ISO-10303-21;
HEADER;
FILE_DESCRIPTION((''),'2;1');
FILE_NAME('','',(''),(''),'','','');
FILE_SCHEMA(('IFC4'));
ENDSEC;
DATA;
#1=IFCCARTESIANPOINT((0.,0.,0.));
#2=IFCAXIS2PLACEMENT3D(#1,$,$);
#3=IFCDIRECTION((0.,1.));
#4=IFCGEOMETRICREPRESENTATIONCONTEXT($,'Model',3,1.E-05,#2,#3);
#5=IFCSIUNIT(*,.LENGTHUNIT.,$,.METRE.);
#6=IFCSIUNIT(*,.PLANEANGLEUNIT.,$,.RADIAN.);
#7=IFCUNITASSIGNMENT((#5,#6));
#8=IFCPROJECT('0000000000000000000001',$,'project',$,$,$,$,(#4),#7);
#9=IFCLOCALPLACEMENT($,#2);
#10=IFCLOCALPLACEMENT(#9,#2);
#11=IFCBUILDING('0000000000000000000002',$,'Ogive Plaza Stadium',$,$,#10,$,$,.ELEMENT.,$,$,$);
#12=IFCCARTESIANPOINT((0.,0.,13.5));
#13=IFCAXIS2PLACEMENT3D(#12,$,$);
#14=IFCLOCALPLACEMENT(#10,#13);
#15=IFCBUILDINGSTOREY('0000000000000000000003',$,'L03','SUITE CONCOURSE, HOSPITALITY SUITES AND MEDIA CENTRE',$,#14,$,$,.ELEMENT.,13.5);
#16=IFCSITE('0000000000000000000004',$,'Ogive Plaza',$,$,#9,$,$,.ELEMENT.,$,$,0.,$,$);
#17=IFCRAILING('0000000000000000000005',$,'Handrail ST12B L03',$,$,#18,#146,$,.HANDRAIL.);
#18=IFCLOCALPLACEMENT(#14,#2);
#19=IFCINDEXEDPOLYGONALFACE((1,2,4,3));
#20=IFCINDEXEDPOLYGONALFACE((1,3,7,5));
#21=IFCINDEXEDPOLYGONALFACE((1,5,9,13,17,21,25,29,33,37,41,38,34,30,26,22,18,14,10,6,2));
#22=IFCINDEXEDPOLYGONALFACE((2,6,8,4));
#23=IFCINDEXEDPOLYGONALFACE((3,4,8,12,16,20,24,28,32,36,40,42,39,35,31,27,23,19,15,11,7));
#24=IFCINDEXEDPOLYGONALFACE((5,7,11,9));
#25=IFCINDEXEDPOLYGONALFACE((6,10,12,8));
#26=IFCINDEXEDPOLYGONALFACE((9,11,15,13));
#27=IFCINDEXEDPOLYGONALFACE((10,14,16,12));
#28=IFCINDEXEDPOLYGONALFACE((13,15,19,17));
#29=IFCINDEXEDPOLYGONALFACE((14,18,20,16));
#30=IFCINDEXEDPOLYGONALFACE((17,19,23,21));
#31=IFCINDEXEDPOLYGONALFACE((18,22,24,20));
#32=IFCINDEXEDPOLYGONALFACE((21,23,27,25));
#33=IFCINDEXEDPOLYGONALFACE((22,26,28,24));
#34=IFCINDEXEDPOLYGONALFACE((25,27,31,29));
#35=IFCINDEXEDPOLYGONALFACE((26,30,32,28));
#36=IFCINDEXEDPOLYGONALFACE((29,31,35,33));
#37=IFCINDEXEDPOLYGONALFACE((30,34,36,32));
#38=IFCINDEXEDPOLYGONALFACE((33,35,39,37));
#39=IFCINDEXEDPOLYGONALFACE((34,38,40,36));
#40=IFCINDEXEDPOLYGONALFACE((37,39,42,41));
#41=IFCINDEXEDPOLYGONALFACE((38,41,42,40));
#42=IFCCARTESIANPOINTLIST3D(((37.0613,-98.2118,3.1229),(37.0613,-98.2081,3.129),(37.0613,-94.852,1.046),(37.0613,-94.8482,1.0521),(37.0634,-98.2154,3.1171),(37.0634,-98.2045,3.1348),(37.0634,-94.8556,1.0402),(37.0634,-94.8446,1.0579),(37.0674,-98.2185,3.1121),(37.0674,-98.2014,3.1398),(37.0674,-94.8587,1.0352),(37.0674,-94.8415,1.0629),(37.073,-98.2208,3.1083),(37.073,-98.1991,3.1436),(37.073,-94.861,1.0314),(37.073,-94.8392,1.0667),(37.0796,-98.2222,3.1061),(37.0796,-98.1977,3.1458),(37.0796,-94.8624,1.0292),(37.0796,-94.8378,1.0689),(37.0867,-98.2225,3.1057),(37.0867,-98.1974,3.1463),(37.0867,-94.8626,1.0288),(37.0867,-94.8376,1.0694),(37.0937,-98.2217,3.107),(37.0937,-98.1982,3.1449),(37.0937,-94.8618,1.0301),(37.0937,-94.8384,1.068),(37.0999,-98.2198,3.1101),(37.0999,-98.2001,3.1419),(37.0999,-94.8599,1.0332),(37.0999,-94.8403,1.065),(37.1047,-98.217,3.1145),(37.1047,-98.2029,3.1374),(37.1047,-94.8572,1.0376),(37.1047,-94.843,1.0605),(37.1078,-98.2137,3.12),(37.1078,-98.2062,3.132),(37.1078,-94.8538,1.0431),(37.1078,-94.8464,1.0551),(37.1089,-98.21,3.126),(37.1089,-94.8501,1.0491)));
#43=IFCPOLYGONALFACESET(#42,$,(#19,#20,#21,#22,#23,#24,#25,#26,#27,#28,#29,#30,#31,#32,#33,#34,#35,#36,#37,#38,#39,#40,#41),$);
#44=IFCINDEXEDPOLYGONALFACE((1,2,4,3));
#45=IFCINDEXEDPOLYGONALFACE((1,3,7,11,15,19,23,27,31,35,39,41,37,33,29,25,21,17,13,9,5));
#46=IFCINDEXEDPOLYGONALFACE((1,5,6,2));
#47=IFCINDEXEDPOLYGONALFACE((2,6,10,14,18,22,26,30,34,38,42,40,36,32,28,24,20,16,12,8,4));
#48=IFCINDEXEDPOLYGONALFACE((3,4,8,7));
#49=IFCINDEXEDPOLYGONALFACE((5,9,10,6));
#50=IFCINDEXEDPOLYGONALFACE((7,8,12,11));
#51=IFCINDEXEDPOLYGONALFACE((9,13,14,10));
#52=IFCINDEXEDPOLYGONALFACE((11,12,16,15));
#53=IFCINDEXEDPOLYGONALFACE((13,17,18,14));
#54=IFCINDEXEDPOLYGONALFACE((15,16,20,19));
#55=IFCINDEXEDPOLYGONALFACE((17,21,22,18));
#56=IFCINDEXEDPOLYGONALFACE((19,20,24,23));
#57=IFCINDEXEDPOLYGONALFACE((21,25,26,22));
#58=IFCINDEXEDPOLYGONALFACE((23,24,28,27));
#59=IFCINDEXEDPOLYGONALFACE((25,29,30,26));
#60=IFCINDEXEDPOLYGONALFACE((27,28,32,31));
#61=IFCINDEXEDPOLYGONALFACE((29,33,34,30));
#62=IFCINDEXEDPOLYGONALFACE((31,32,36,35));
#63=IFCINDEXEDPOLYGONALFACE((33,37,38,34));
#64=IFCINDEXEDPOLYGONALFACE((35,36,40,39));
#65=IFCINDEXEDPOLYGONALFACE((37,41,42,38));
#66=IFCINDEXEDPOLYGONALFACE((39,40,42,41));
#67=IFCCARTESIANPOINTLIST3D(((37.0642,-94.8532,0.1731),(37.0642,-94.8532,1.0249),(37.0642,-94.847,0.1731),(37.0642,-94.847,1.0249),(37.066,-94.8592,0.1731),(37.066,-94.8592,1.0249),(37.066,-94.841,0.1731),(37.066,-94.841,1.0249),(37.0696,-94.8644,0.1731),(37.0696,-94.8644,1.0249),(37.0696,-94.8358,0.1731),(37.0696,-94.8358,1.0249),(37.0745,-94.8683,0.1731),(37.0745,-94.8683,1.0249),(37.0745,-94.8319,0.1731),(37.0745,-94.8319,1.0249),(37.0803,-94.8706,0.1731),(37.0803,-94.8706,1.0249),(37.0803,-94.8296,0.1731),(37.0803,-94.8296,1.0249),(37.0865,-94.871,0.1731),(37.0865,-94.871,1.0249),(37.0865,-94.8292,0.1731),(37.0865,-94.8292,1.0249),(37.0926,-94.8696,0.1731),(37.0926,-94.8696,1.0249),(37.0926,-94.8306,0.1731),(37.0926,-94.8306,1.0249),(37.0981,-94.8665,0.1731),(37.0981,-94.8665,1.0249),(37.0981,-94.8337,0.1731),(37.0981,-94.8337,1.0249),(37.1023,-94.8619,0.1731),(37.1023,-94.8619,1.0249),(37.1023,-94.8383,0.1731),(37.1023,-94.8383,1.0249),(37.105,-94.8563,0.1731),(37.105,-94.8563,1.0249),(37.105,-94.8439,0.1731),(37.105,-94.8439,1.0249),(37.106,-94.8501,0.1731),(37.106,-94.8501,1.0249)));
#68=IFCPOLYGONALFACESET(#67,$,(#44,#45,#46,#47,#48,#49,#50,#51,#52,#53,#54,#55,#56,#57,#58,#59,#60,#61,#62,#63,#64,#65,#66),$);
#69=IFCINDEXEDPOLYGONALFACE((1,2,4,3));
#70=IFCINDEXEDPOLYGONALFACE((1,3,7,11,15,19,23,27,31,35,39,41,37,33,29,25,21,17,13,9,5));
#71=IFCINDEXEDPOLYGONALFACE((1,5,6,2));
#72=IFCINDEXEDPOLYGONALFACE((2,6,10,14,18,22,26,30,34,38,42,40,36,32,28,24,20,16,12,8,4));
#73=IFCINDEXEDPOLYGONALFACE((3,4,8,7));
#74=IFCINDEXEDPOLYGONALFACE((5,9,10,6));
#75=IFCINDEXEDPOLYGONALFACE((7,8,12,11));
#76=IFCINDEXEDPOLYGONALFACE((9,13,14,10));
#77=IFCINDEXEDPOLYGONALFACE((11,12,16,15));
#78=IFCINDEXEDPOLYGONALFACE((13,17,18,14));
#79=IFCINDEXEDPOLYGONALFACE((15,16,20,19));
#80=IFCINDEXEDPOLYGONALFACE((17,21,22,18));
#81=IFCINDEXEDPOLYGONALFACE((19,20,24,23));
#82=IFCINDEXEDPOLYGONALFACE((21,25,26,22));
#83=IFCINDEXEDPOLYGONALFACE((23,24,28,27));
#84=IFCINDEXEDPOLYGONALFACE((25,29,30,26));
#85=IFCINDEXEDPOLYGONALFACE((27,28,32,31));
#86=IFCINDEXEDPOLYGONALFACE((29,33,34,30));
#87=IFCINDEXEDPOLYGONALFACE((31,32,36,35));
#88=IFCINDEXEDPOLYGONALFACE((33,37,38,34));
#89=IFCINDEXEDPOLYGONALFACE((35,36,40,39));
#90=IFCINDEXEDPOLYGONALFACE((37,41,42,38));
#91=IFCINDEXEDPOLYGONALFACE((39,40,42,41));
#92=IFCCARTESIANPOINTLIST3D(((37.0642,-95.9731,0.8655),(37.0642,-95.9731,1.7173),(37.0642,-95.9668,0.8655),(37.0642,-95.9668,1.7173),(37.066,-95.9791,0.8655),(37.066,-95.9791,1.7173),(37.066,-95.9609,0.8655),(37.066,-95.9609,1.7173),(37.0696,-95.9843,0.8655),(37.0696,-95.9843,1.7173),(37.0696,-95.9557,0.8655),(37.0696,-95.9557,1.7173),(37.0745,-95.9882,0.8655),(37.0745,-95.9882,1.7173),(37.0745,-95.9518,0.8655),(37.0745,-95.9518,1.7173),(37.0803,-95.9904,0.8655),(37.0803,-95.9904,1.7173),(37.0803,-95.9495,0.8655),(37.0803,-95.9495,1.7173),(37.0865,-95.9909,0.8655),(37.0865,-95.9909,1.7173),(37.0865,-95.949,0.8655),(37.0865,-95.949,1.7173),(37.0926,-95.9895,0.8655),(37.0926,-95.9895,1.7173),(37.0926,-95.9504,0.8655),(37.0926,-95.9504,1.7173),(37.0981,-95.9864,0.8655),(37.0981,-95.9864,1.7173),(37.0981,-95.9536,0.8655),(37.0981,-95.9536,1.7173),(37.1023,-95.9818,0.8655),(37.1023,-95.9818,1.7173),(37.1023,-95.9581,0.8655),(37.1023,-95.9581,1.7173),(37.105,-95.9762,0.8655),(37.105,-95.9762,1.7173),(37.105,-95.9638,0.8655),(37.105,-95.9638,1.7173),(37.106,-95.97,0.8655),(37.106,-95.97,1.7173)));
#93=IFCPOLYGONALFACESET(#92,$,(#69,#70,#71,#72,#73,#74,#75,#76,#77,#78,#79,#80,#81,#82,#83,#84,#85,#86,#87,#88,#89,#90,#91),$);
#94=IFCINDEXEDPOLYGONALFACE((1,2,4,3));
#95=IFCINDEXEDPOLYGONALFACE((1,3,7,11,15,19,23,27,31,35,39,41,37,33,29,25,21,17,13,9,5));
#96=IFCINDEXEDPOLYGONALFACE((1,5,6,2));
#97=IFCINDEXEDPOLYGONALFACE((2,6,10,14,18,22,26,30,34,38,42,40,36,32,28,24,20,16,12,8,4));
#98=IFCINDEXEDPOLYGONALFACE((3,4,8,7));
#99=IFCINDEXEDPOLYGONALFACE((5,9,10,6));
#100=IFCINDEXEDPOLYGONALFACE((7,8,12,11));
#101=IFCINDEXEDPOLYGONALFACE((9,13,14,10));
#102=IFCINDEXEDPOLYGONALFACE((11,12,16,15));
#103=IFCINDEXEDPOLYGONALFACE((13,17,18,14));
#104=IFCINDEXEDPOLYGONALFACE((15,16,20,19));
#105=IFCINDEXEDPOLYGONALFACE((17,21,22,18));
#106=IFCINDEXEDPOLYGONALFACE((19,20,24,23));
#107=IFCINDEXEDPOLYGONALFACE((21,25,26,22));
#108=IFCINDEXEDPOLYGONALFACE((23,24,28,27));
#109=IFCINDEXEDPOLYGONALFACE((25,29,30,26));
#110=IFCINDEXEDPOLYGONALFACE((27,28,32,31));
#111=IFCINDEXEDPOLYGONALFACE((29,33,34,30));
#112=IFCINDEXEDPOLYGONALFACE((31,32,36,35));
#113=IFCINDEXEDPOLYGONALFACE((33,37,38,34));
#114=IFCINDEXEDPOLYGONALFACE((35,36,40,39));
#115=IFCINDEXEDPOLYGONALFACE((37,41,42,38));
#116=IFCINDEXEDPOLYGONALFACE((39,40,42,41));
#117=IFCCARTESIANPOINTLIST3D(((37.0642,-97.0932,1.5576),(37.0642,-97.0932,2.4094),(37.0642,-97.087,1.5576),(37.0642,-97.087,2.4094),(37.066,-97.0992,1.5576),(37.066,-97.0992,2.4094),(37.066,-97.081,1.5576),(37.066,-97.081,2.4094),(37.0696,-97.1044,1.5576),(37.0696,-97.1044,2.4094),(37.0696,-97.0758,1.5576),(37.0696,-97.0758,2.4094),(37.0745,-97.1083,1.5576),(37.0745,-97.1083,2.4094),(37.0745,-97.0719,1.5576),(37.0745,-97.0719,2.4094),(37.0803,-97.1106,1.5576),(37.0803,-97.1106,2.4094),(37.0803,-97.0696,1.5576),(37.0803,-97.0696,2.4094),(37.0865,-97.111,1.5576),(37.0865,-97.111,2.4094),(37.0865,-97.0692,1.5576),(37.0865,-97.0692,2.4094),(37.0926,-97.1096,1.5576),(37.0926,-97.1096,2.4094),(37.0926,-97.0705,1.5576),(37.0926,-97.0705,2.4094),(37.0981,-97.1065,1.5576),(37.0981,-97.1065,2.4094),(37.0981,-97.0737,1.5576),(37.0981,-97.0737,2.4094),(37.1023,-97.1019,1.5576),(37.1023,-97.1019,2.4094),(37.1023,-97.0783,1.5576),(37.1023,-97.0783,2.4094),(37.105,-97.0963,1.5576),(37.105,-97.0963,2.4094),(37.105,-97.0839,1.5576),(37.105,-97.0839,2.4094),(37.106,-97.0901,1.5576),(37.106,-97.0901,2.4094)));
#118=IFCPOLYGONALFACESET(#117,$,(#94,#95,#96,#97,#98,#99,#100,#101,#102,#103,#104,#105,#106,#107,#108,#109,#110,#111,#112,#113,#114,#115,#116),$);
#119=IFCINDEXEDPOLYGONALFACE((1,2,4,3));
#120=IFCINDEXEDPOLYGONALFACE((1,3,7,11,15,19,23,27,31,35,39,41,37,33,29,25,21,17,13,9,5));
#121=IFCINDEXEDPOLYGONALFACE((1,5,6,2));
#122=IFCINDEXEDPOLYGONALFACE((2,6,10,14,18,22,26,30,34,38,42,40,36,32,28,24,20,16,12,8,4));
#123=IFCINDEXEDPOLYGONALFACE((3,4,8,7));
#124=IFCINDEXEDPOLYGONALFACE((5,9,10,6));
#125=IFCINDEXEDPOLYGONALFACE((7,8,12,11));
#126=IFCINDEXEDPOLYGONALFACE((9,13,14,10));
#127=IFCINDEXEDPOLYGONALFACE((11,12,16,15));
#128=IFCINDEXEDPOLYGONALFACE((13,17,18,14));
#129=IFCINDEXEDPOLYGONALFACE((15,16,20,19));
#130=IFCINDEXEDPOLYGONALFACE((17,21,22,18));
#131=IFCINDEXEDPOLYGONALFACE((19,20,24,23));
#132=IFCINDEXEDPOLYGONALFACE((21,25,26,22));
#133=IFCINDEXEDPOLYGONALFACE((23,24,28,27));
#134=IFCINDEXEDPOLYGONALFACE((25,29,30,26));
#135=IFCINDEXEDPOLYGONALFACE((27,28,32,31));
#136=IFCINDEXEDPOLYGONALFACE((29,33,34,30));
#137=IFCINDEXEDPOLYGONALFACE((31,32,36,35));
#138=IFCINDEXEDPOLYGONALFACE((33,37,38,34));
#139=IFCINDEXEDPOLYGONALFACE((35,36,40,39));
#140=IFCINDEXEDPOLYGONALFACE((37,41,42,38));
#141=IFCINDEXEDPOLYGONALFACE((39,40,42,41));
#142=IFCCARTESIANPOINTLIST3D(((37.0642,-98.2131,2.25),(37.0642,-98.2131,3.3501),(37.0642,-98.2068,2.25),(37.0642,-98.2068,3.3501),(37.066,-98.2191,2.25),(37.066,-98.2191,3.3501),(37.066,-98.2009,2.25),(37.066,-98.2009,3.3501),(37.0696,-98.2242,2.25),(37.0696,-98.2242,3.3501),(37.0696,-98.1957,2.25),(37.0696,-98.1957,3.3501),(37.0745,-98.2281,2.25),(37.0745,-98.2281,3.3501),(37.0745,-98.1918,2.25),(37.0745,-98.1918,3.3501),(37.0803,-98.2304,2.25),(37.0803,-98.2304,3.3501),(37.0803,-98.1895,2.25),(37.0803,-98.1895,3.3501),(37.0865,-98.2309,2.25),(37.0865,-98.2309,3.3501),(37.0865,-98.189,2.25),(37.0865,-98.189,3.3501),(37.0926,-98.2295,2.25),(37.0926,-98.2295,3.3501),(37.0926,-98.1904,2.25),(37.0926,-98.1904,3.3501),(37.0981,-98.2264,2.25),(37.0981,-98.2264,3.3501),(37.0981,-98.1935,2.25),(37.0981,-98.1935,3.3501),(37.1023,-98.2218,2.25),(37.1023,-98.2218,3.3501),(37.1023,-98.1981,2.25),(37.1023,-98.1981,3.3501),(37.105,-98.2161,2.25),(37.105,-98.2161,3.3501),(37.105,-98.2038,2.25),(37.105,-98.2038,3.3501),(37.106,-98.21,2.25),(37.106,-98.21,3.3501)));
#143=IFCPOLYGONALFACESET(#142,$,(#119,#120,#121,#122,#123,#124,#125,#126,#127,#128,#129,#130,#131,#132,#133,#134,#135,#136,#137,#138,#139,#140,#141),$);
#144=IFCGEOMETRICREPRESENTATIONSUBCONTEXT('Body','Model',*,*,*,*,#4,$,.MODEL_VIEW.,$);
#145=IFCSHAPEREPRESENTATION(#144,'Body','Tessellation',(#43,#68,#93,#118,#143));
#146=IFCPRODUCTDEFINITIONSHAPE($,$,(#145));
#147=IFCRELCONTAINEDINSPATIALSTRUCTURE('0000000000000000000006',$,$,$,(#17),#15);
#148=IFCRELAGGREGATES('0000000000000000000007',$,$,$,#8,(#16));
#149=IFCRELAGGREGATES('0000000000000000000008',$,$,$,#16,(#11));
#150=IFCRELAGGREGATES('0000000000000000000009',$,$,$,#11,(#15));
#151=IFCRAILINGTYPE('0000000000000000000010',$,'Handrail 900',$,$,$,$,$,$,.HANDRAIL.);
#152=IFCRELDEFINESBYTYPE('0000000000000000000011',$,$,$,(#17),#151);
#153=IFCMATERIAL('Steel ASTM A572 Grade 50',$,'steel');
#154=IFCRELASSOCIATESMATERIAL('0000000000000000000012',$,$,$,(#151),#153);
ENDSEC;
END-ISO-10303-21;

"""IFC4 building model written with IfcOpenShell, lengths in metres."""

from ifc_helpers import new_model, si_unit, direction, frame, origin, origin_2d, place, context, subcontext, project, spatial, circle, extrude, material, type_object, element, save


model = new_model("IFC4")

# Units and contexts
model_context = context("Model", 3, precision=1e-05, world=origin(), true_north=direction((0.0, 1.0)))
body_context = subcontext(model_context, "Body", "Model", "MODEL_VIEW")
ifc_project = project(units=[si_unit("LENGTHUNIT", "METRE"), si_unit("PLANEANGLEUNIT", "RADIAN")], contexts=[model_context])

# Site, building, storey
site_placement = place(None, origin())
site = spatial("IfcSite", under=ifc_project, at=site_placement, Name="Ogive Plaza", CompositionType="ELEMENT", RefElevation=0.0)
building_placement = place(site_placement, origin())
building = spatial("IfcBuilding", under=site, at=building_placement, Name="Ogive Plaza Stadium", CompositionType="ELEMENT")
storey_placement = place(building_placement, frame((0.0, 0.0, 13.5)))
storey = spatial("IfcBuildingStorey", under=building, at=storey_placement, Name="L03", Description="SUITE CONCOURSE, HOSPITALITY SUITES AND MEDIA CENTRE", CompositionType="ELEMENT", Elevation=13.5)

# Railing
ifc_material_1 = material(Name="Steel ASTM A572 Grade 50", Category="steel")
railing_type_1 = type_object("IfcRailingType", Name="Handrail 900", PredefinedType="HANDRAIL", material=ifc_material_1)
for number, where, name in (
    (1, (37.085, -94.8501, 0.1731), "Handrail ST12B L03"),
):
    element("IfcRailing", number, at=place(storey_placement, frame(where)), inside=storey, type_object=railing_type_1, Name=name, PredefinedType="HANDRAIL", context=body_context, shape_type="SweptSolid", body=[
        extrude(circle(Radius=0.0239, at=origin_2d()), frame((0.0, 0.0, 0.876), z_axis=(0.0, -0.850606, 0.525803), x_axis=(1.0, 0.0, 0.0)), (0.0, 0.0, 1.0), 3.95),
        extrude(circle(Radius=0.021, at=origin_2d()), origin(), (0.0, 0.0, 1.0), 0.8518),
        extrude(circle(Radius=0.021, at=origin_2d()), frame((0.0, -1.1199, 0.6924)), (0.0, 0.0, 1.0), 0.8518),
        extrude(circle(Radius=0.021, at=origin_2d()), frame((0.0, -2.24, 1.3845)), (0.0, 0.0, 1.0), 0.8518),
        extrude(circle(Radius=0.021, at=origin_2d()), frame((0.0, -3.3599, 2.0769)), (0.0, 0.0, 1.0), 1.1001),
    ])

save(model, "model.ifc")
